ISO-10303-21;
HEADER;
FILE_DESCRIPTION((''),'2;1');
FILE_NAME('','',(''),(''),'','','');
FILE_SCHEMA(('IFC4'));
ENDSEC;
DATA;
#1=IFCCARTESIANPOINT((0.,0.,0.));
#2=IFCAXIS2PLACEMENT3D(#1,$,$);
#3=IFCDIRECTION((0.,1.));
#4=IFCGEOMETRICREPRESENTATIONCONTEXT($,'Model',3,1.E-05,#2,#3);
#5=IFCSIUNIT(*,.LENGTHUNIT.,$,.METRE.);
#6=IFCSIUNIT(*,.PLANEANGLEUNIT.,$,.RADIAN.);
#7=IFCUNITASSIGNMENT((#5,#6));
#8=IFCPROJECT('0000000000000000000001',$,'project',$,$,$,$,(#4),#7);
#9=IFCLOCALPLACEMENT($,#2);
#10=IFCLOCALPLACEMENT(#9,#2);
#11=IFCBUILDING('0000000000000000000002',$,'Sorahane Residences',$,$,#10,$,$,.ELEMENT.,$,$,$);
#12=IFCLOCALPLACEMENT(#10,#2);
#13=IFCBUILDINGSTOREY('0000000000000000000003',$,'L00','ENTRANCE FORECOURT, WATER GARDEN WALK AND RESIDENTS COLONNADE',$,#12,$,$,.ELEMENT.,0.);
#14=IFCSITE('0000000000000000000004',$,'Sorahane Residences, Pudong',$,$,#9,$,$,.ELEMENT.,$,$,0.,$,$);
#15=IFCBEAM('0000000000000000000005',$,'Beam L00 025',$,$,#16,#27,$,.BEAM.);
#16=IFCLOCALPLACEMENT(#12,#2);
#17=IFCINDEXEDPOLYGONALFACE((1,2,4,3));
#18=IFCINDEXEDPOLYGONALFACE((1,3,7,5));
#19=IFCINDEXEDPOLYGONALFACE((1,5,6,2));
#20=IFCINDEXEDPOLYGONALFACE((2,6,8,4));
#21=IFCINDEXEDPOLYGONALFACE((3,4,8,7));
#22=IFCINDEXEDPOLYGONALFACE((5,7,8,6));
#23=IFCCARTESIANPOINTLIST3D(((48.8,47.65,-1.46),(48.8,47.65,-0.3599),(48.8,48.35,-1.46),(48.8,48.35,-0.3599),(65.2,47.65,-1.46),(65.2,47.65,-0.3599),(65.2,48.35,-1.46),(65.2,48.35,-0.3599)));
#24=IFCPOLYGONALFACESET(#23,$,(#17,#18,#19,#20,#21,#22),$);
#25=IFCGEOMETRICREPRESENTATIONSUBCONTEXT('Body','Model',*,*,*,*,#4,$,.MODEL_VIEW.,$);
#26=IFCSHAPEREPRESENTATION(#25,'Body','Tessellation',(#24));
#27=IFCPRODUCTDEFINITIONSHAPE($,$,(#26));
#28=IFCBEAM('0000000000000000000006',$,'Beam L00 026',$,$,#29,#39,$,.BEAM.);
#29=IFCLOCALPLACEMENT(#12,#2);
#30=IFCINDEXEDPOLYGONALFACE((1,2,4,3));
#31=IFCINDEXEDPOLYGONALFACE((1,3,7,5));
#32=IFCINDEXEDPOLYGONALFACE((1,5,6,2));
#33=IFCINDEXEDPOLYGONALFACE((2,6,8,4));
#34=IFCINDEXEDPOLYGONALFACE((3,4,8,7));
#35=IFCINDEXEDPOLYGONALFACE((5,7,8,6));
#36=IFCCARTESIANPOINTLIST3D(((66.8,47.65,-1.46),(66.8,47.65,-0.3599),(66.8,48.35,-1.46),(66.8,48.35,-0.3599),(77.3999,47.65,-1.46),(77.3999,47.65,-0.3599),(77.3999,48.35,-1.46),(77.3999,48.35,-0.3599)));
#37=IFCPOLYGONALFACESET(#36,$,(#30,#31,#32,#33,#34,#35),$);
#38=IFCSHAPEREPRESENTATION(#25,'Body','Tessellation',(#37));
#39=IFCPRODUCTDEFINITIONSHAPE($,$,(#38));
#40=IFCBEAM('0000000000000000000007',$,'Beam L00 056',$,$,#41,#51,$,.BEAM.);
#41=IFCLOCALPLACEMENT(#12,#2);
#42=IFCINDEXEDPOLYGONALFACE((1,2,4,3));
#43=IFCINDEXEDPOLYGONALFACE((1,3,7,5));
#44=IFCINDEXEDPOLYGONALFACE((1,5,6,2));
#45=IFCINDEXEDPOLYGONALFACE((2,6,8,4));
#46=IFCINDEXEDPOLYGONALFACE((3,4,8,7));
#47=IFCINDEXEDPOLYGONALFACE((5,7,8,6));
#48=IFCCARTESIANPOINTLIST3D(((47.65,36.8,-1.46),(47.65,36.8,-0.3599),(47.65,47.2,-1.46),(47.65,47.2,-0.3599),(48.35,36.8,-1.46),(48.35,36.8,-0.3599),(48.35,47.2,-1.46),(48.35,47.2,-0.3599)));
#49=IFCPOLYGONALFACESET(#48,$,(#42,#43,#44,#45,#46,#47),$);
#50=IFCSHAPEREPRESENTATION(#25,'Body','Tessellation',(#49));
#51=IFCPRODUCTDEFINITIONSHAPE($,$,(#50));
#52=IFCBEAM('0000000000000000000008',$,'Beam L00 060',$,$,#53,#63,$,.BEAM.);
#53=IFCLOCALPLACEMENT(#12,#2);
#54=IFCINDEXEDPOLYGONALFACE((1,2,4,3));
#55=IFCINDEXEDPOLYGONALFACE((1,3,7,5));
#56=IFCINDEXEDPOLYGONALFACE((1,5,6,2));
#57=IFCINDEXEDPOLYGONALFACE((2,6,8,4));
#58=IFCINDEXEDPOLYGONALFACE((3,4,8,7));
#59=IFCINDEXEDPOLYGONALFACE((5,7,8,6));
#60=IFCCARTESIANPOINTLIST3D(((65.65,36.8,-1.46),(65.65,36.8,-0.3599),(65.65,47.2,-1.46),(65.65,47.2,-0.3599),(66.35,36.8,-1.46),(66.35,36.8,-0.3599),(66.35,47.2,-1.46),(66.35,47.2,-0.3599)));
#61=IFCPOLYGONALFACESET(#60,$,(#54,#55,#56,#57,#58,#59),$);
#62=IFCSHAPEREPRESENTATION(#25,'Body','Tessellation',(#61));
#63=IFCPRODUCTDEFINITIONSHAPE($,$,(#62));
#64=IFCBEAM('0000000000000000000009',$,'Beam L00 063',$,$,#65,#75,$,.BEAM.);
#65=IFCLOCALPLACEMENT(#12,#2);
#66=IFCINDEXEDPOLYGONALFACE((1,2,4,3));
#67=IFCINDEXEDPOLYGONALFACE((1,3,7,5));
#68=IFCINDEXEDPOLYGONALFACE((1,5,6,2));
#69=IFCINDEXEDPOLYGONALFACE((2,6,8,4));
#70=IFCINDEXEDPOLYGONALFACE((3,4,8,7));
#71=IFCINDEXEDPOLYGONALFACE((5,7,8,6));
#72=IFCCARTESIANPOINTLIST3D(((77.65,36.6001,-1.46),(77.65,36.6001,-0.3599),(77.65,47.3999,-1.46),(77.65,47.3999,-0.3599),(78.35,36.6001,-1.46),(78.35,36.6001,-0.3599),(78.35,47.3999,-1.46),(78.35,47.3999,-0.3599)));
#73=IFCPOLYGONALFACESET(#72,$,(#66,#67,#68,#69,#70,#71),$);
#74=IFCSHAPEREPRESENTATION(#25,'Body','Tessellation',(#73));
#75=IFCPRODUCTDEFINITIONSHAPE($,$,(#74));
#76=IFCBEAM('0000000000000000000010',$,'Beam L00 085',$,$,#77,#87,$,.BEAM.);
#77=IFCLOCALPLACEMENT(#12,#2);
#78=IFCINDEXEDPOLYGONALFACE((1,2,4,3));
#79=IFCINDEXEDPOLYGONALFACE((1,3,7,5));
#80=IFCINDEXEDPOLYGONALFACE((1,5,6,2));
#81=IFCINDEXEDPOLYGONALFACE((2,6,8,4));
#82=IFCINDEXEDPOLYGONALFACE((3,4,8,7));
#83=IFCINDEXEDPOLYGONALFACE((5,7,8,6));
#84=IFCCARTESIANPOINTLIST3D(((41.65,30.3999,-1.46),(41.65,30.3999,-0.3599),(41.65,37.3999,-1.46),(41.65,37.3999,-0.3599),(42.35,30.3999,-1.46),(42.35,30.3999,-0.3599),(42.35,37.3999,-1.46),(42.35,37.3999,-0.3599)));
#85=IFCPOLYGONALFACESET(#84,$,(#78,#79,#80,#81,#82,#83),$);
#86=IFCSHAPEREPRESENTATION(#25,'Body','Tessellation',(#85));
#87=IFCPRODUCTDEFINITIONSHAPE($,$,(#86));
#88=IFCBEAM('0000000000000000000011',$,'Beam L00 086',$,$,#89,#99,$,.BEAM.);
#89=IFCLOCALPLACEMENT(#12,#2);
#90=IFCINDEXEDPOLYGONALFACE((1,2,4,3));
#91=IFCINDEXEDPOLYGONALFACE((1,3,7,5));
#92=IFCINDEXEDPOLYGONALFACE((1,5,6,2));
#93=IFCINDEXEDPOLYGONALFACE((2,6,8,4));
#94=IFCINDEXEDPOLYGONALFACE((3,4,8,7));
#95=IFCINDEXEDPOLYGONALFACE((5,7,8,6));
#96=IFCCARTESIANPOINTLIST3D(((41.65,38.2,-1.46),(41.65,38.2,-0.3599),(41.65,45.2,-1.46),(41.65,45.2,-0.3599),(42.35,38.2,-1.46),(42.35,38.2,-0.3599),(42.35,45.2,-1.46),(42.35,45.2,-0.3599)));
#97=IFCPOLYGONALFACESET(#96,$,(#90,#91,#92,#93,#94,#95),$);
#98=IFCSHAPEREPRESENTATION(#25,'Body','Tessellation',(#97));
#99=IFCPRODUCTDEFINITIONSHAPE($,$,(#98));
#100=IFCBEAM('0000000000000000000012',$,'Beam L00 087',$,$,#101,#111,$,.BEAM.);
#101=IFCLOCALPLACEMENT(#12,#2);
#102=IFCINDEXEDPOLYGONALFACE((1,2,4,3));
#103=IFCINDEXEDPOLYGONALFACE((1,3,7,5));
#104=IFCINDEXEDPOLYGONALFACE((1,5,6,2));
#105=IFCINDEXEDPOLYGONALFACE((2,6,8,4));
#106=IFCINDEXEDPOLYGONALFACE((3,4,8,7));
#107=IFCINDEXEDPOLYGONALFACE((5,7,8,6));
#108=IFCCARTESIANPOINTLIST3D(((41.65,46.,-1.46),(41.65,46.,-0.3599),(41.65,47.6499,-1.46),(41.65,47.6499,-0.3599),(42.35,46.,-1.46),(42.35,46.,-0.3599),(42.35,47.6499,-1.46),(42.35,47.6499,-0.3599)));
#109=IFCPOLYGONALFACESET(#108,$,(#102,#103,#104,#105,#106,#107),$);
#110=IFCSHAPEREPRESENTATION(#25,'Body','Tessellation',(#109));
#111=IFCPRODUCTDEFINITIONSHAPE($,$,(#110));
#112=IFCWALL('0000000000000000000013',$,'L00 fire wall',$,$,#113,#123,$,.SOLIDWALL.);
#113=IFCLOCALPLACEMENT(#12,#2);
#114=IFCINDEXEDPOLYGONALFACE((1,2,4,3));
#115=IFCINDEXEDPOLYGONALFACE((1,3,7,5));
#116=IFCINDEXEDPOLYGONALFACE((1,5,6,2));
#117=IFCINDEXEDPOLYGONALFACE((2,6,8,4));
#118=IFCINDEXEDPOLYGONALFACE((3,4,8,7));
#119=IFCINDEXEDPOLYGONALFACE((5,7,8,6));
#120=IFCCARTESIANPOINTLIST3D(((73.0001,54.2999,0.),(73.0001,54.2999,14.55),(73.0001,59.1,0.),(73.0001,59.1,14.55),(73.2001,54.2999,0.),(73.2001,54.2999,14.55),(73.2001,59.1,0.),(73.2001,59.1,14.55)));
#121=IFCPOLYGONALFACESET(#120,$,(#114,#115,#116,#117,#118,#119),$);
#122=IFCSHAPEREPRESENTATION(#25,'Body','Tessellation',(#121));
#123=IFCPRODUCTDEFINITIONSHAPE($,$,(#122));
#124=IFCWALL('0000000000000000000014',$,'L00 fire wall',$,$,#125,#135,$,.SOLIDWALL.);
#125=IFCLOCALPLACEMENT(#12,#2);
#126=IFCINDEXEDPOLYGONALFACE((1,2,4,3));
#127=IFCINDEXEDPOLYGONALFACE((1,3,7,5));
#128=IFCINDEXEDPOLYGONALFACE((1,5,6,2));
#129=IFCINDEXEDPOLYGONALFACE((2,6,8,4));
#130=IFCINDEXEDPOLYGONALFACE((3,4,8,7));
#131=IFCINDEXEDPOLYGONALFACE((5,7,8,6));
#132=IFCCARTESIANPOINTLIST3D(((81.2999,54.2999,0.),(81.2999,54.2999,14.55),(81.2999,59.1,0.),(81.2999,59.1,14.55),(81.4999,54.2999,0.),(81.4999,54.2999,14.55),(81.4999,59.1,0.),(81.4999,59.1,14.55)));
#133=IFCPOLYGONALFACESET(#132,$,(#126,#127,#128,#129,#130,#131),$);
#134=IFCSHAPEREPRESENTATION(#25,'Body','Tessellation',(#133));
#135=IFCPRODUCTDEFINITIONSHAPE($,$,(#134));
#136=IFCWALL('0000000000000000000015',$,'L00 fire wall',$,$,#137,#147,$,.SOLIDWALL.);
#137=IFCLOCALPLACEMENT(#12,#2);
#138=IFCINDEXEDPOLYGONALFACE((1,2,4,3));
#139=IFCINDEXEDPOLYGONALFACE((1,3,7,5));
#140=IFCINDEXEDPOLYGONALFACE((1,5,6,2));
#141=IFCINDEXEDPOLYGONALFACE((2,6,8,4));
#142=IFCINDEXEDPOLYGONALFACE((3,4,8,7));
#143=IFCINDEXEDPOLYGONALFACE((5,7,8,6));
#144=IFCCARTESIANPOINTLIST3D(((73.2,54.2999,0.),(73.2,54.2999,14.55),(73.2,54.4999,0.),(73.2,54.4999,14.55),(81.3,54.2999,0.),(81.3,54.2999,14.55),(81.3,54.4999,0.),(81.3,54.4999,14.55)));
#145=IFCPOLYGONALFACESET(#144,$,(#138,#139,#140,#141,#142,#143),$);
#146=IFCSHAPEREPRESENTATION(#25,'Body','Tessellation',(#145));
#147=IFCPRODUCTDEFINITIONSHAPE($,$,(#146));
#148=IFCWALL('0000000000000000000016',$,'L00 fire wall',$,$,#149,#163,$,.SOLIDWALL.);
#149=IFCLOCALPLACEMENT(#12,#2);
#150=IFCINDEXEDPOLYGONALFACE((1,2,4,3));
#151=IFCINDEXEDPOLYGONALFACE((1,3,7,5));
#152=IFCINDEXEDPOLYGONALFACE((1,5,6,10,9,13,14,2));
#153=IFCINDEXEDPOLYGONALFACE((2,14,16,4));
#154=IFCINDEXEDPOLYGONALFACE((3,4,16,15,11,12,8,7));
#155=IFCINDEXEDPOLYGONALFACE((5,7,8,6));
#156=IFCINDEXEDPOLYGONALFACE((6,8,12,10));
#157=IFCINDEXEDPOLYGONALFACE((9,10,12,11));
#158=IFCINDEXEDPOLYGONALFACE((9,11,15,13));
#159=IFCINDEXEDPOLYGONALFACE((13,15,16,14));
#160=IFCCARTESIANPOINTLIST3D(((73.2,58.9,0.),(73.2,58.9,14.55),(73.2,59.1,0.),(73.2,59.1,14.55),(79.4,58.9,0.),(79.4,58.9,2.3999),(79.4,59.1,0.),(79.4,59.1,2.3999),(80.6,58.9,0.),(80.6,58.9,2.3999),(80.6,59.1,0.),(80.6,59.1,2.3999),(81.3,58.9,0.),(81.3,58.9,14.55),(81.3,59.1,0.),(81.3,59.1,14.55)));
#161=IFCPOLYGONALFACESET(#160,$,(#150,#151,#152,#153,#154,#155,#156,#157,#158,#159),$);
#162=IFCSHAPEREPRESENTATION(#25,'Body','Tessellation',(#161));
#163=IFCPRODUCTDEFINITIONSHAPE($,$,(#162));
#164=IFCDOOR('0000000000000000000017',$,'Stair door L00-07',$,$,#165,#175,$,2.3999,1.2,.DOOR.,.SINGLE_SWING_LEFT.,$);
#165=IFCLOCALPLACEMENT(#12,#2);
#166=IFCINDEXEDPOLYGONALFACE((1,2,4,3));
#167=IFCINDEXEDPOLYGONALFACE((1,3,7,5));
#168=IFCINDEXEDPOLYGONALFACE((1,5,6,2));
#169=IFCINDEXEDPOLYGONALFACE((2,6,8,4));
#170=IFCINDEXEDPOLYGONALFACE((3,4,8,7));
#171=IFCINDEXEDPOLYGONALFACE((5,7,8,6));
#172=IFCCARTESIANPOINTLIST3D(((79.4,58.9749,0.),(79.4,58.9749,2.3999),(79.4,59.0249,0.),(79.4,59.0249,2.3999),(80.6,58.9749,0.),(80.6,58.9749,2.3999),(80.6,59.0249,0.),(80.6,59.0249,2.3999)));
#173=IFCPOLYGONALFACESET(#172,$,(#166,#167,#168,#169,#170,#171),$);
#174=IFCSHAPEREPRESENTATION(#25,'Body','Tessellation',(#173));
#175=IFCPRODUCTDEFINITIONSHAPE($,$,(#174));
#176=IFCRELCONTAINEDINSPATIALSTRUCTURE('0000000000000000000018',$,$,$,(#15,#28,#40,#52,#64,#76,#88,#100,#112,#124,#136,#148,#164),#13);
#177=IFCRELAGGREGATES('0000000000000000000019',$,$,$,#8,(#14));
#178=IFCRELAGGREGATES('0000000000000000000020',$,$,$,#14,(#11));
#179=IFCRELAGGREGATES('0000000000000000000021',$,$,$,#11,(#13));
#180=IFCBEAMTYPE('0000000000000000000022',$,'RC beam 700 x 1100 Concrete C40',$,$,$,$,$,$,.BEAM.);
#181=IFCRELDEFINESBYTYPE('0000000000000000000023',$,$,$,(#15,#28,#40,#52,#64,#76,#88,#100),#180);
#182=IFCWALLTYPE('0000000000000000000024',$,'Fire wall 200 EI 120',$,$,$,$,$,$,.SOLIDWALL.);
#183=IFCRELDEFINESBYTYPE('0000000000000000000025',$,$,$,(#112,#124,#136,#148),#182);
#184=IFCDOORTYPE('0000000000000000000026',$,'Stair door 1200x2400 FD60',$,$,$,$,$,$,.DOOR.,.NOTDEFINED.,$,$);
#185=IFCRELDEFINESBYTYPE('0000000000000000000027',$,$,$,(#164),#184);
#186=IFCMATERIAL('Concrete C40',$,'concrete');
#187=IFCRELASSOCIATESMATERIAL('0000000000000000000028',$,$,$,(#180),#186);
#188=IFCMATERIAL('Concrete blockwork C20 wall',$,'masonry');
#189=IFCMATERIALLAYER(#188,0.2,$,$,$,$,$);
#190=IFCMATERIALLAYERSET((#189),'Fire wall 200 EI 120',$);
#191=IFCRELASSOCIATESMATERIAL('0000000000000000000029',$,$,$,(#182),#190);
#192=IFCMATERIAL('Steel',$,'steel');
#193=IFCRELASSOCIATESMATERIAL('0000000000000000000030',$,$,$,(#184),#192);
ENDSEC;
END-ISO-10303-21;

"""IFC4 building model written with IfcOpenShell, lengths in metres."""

from ifc_helpers import new_model, si_unit, direction, frame, frame_2d, origin, origin_2d, place, context, subcontext, project, spatial, rectangle, extrude, material, layer, layer_set, material_profile, profile_set, type_object, element, fill, save


model = new_model("IFC4")

# Units and contexts
model_context = context("Model", 3, precision=1e-05, world=origin(), true_north=direction((0.0, 1.0)))
body_context = subcontext(model_context, "Body", "Model", "MODEL_VIEW")
ifc_project = project(units=[si_unit("LENGTHUNIT", "METRE"), si_unit("PLANEANGLEUNIT", "RADIAN")], contexts=[model_context])

# Site, building, storey
site_placement = place(None, origin())
site = spatial("IfcSite", under=ifc_project, at=site_placement, Name="Sorahane Residences, Pudong", CompositionType="ELEMENT", RefElevation=0.0)
building_placement = place(site_placement, origin())
building = spatial("IfcBuilding", under=site, at=building_placement, Name="Sorahane Residences", CompositionType="ELEMENT")
storey_placement = place(building_placement, origin())
storey = spatial("IfcBuildingStorey", under=building, at=storey_placement, Name="L00", Description="ENTRANCE FORECOURT, WATER GARDEN WALK AND RESIDENTS COLONNADE", CompositionType="ELEMENT", Elevation=0.0)

# Beams
ifc_material_1 = material(Name="Concrete C40", Category="concrete")
ifc_material_profile_1 = material_profile(ifc_material_1, rectangle(XDim=0.7, YDim=1.1001, at=origin_2d()), Name="700x1100")
ifc_profile_set_1 = profile_set([ifc_material_profile_1], Name="Concrete C40")
beam_type = type_object("IfcBeamType", Name="RC beam 700 x 1100 Concrete C40", PredefinedType="BEAM", material=ifc_profile_set_1)
beam_1_placement = place(storey_placement, frame((48.8, 48.0, -0.9099), z_axis=(1.0, 0.0, 0.0), x_axis=(0.0, 1.0, 0.0)))
element("IfcBeam", 1, at=beam_1_placement, inside=storey, type_object=beam_type, Name="Beam L00 025", PredefinedType="BEAM", context=body_context, shape_type="SweptSolid", body=[
    extrude(rectangle(XDim=0.7, YDim=1.1001, at=origin_2d()), origin(), (0.0, 0.0, 1.0), 16.3999),
])
beam_2_placement = place(storey_placement, frame((66.8, 48.0, -0.9099), z_axis=(1.0, 0.0, 0.0), x_axis=(0.0, 1.0, 0.0)))
element("IfcBeam", 2, at=beam_2_placement, inside=storey, type_object=beam_type, Name="Beam L00 026", PredefinedType="BEAM", context=body_context, shape_type="SweptSolid", body=[
    extrude(rectangle(XDim=0.7, YDim=1.1001, at=origin_2d()), origin(), (0.0, 0.0, 1.0), 10.5999),
])
for number, where, z_axis, x_axis, name in (
    (3, (48.0, 36.8, -0.9099), (0.0, 1.0, 0.0), (-1.0, 0.0, 0.0), "Beam L00 056"),
    (4, (66.0, 36.8, -0.9099), (0.0, 1.0, 0.0), (-1.0, 0.0, 0.0), "Beam L00 060"),
):
    element("IfcBeam", number, at=place(storey_placement, frame(where, z_axis=z_axis, x_axis=x_axis)), inside=storey, type_object=beam_type, Name=name, PredefinedType="BEAM", context=body_context, shape_type="SweptSolid", body=[
        extrude(rectangle(XDim=0.7, YDim=1.1001, at=origin_2d()), origin(), (0.0, 0.0, 1.0), 10.3999),
    ])
beam_3_placement = place(storey_placement, frame((78.0, 36.6001, -0.9099), z_axis=(0.0, 1.0, 0.0), x_axis=(-1.0, 0.0, 0.0)))
element("IfcBeam", 5, at=beam_3_placement, inside=storey, type_object=beam_type, Name="Beam L00 063", PredefinedType="BEAM", context=body_context, shape_type="SweptSolid", body=[
    extrude(rectangle(XDim=0.7, YDim=1.1001, at=origin_2d()), origin(), (0.0, 0.0, 1.0), 10.7998),
])
for number, where, z_axis, x_axis, name in (
    (6, (42.0, 30.3999, -0.9099), (0.0, 1.0, 0.0), (-1.0, 0.0, 0.0), "Beam L00 085"),
    (7, (42.0, 38.2, -0.9099), (0.0, 1.0, 0.0), (-1.0, 0.0, 0.0), "Beam L00 086"),
):
    element("IfcBeam", number, at=place(storey_placement, frame(where, z_axis=z_axis, x_axis=x_axis)), inside=storey, type_object=beam_type, Name=name, PredefinedType="BEAM", context=body_context, shape_type="SweptSolid", body=[
        extrude(rectangle(XDim=0.7, YDim=1.1001, at=origin_2d()), origin(), (0.0, 0.0, 1.0), 7.0),
    ])
beam_4_placement = place(storey_placement, frame((42.0, 46.0, -0.9099), z_axis=(0.0, 1.0, 0.0), x_axis=(-1.0, 0.0, 0.0)))
element("IfcBeam", 8, at=beam_4_placement, inside=storey, type_object=beam_type, Name="Beam L00 087", PredefinedType="BEAM", context=body_context, shape_type="SweptSolid", body=[
    extrude(rectangle(XDim=0.7, YDim=1.1001, at=origin_2d()), origin(), (0.0, 0.0, 1.0), 1.6499),
])

# Walls
ifc_material_2 = material(Name="Concrete blockwork C20 wall", Category="masonry")
ifc_layer_1 = layer(ifc_material_2, 0.2)
ifc_layer_set_1 = layer_set([ifc_layer_1], Name="Fire wall 200 EI 120")
wall_type_1 = type_object("IfcWallType", Name="Fire wall 200 EI 120", PredefinedType="SOLIDWALL", material=ifc_layer_set_1)
for number, where, z_axis, x_axis, name in (
    (9, (73.1001, 54.3, 0.0), (0.0, 0.0, 1.0), (0.0, 1.0, 0.0), "L00 fire wall"),
    (10, (81.3999, 54.3, 0.0), (0.0, 0.0, 1.0), (0.0, 1.0, 0.0), "L00 fire wall"),
):
    element("IfcWall", number, at=place(storey_placement, frame(where, z_axis=z_axis, x_axis=x_axis)), inside=storey, type_object=wall_type_1, Name=name, PredefinedType="SOLIDWALL", context=body_context, shape_type="SweptSolid", body=[
        extrude(rectangle(XDim=4.8, YDim=0.2, at=frame_2d((2.3999, 0.0))), origin(), (0.0, 0.0, 1.0), 14.55),
    ])
wall_1_placement = place(storey_placement, frame((73.2, 54.3999, 0.0), z_axis=(0.0, 0.0, 1.0), x_axis=(1.0, 0.0, 0.0)))
element("IfcWall", 11, at=wall_1_placement, inside=storey, type_object=wall_type_1, Name="L00 fire wall", PredefinedType="SOLIDWALL", context=body_context, shape_type="SweptSolid", body=[
    extrude(rectangle(XDim=8.1001, YDim=0.2, at=frame_2d((4.05, 0.0))), origin(), (0.0, 0.0, 1.0), 14.55),
])

# Wall, opening, door
wall_2_placement = place(storey_placement, frame((73.2, 59.0, 0.0), z_axis=(0.0, 0.0, 1.0), x_axis=(1.0, 0.0, 0.0)))
wall_2 = element("IfcWall", 12, at=wall_2_placement, inside=storey, type_object=wall_type_1, Name="L00 fire wall", PredefinedType="SOLIDWALL", context=body_context, shape_type="SweptSolid", body=[
    extrude(rectangle(XDim=8.1001, YDim=0.2, at=frame_2d((4.05, 0.0))), origin(), (0.0, 0.0, 1.0), 14.55),
])
opening_1_placement = place(wall_2_placement, frame((6.2, 0.0, 0.0)))
opening_1 = element("IfcOpeningElement", 13, at=opening_1_placement, cuts=wall_2, PredefinedType="OPENING", context=body_context, shape_type="SweptSolid", body=[
    extrude(rectangle(XDim=1.2, YDim=2.3999, at=frame_2d((0.6001, 1.2))), frame((0.0, 0.1099, 0.0), z_axis=(0.0, -1.0, 0.0), x_axis=(1.0, 0.0, 0.0)), (0.0, 0.0, 1.0), 0.22),
])
ifc_material_3 = material(Name="Steel", Category="steel")
door_type_1 = type_object("IfcDoorType", Name="Stair door 1200x2400 FD60", OperationType="NOTDEFINED", PredefinedType="DOOR", material=ifc_material_3)
door_1_placement = place(opening_1_placement, origin())
door_1 = element("IfcDoor", 14, at=door_1_placement, inside=storey, type_object=door_type_1, Name="Stair door L00-07", OperationType="SINGLE_SWING_LEFT", OverallHeight=2.3999, OverallWidth=1.2, PredefinedType="DOOR", context=body_context, shape_type="SweptSolid", body=[
    extrude(rectangle(XDim=1.2, YDim=2.3999, at=frame_2d((0.6001, 1.2))), frame((0.0, 0.0249, 0.0), z_axis=(0.0, -1.0, 0.0), x_axis=(1.0, 0.0, 0.0)), (0.0, 0.0, 1.0), 0.05),
])
fill(opening_1, door_1)

save(model, "model.ifc")
